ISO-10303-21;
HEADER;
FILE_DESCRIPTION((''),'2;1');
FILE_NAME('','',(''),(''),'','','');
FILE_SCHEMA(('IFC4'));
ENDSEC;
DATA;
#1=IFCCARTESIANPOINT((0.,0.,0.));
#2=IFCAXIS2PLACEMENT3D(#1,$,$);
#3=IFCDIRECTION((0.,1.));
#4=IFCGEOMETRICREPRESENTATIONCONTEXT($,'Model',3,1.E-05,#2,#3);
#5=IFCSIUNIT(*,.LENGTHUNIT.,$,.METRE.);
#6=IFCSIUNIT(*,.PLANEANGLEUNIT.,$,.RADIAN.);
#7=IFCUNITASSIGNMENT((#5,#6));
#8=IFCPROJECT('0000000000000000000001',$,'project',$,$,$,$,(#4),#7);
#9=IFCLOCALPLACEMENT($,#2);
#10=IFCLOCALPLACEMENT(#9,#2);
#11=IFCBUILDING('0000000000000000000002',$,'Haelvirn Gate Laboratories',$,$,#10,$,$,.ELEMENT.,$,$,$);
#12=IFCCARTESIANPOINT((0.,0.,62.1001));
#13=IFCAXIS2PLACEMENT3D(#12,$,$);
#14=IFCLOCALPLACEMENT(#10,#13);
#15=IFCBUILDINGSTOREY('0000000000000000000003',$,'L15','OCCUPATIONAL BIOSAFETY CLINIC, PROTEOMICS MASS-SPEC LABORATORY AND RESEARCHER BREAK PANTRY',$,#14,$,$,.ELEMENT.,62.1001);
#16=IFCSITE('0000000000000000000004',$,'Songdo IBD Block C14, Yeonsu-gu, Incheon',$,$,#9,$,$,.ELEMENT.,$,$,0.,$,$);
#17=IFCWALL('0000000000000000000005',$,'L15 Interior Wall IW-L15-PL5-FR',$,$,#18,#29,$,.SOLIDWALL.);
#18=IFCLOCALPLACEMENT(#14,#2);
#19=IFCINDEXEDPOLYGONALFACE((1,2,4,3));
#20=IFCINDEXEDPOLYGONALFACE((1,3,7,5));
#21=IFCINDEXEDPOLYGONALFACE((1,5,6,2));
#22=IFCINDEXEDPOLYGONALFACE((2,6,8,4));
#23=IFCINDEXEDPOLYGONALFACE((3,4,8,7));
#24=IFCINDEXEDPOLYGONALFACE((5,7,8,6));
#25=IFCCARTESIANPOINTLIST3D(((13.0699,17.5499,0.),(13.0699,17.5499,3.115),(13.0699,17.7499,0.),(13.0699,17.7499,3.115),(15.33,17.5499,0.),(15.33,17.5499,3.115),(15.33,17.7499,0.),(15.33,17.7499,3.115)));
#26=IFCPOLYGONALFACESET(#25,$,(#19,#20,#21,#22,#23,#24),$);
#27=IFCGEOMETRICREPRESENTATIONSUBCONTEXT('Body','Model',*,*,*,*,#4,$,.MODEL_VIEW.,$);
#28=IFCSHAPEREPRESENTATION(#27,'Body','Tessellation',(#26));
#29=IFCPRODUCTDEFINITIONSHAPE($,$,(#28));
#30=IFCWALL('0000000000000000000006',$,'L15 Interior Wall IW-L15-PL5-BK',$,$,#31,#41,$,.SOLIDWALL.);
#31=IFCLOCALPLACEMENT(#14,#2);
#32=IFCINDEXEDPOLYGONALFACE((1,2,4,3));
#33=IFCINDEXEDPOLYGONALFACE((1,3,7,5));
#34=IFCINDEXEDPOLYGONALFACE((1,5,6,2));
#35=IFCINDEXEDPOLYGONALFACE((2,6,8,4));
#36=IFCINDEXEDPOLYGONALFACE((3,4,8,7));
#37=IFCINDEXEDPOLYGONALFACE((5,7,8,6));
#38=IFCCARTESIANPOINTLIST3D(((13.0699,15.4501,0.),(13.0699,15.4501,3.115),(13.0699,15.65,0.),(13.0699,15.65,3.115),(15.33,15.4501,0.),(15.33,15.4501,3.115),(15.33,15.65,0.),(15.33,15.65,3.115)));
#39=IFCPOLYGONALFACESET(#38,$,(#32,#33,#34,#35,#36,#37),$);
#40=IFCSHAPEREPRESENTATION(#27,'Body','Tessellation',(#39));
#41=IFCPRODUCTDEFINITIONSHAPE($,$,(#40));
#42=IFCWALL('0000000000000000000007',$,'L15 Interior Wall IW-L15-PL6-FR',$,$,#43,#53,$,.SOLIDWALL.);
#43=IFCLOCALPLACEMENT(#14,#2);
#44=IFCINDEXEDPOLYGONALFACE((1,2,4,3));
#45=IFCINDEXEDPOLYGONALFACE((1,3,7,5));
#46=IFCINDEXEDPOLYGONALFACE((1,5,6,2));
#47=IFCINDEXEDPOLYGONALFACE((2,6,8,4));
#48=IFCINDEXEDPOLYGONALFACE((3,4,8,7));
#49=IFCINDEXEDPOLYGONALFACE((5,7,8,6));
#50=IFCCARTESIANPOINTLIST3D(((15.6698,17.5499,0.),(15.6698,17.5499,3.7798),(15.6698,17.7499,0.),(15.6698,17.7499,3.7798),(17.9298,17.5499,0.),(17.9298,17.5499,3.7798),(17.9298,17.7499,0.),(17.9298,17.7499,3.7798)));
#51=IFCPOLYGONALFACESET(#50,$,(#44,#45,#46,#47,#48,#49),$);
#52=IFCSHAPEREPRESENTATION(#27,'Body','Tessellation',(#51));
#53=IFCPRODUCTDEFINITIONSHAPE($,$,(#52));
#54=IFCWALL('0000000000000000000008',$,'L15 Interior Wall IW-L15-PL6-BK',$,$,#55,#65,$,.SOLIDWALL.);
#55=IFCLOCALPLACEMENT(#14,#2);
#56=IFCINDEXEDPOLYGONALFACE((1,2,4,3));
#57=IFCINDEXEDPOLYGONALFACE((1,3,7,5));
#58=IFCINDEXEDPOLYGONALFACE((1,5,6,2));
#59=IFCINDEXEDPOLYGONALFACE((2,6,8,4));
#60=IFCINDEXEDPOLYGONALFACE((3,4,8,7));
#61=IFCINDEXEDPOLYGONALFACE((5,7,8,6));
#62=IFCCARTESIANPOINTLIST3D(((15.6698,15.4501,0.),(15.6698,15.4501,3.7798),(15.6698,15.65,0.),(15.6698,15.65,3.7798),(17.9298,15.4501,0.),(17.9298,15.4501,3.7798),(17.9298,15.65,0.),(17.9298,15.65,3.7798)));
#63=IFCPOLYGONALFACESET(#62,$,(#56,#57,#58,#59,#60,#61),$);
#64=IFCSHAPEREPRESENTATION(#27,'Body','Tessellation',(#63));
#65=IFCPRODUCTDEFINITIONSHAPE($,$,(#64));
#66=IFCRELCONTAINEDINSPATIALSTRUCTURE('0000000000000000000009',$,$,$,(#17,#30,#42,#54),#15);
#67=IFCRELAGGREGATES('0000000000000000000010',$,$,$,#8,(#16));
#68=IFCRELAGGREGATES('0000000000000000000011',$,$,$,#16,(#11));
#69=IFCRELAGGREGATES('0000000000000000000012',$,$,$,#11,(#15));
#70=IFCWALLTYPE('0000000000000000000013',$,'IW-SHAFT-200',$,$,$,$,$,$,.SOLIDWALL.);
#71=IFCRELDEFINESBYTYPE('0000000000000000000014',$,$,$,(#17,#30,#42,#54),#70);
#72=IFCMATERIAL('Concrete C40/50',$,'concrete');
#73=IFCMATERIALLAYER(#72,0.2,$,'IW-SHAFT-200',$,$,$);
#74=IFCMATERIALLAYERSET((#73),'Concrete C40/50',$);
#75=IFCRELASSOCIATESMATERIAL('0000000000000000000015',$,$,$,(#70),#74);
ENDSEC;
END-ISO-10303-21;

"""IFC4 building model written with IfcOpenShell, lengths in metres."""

from ifc_helpers import new_model, si_unit, direction, frame, frame_2d, origin, place, context, subcontext, project, spatial, rectangle, extrude, material, layer, layer_set, type_object, element, save


model = new_model("IFC4")

# Units and contexts
model_context = context("Model", 3, precision=1e-05, world=origin(), true_north=direction((0.0, 1.0)))
body_context = subcontext(model_context, "Body", "Model", "MODEL_VIEW")
ifc_project = project(units=[si_unit("LENGTHUNIT", "METRE"), si_unit("PLANEANGLEUNIT", "RADIAN")], contexts=[model_context])

# Site, building, storey
site_placement = place(None, origin())
site = spatial("IfcSite", under=ifc_project, at=site_placement, Name="Songdo IBD Block C14, Yeonsu-gu, Incheon", CompositionType="ELEMENT", RefElevation=0.0)
building_placement = place(site_placement, origin())
building = spatial("IfcBuilding", under=site, at=building_placement, Name="Haelvirn Gate Laboratories", CompositionType="ELEMENT")
storey_placement = place(building_placement, frame((0.0, 0.0, 62.1001)))
storey = spatial("IfcBuildingStorey", under=building, at=storey_placement, Name="L15", Description="OCCUPATIONAL BIOSAFETY CLINIC, PROTEOMICS MASS-SPEC LABORATORY AND RESEARCHER BREAK PANTRY", CompositionType="ELEMENT", Elevation=62.1001)

# Walls
ifc_material_1 = material(Name="Concrete C40/50", Category="concrete")
ifc_layer_1 = layer(ifc_material_1, 0.2, Name="IW-SHAFT-200")
ifc_layer_set_1 = layer_set([ifc_layer_1], Name="Concrete C40/50")
wall_type_1 = type_object("IfcWallType", Name="IW-SHAFT-200", PredefinedType="SOLIDWALL", material=ifc_layer_set_1)
for number, where, z_axis, x_axis, name in (
    (1, (13.0701, 17.6499, 0.0), (0.0, 0.0, 1.0), (1.0, 0.0, 0.0), "L15 Interior Wall IW-L15-PL5-FR"),
    (2, (13.0701, 15.55, 0.0), (0.0, 0.0, 1.0), (1.0, 0.0, 0.0), "L15 Interior Wall IW-L15-PL5-BK"),
):
    element("IfcWall", number, at=place(storey_placement, frame(where, z_axis=z_axis, x_axis=x_axis)), inside=storey, type_object=wall_type_1, Name=name, PredefinedType="SOLIDWALL", context=body_context, shape_type="SweptSolid", body=[
        extrude(rectangle(XDim=2.26, YDim=0.2, at=frame_2d((1.1299, 0.0))), origin(), (0.0, 0.0, 1.0), 3.115),
    ])
for number, where, z_axis, x_axis, name in (
    (3, (15.6699, 17.6499, 0.0), (0.0, 0.0, 1.0), (1.0, 0.0, 0.0), "L15 Interior Wall IW-L15-PL6-FR"),
    (4, (15.6699, 15.55, 0.0), (0.0, 0.0, 1.0), (1.0, 0.0, 0.0), "L15 Interior Wall IW-L15-PL6-BK"),
):
    element("IfcWall", number, at=place(storey_placement, frame(where, z_axis=z_axis, x_axis=x_axis)), inside=storey, type_object=wall_type_1, Name=name, PredefinedType="SOLIDWALL", context=body_context, shape_type="SweptSolid", body=[
        extrude(rectangle(XDim=2.26, YDim=0.2, at=frame_2d((1.1299, 0.0))), origin(), (0.0, 0.0, 1.0), 3.7798),
    ])

save(model, "model.ifc")
